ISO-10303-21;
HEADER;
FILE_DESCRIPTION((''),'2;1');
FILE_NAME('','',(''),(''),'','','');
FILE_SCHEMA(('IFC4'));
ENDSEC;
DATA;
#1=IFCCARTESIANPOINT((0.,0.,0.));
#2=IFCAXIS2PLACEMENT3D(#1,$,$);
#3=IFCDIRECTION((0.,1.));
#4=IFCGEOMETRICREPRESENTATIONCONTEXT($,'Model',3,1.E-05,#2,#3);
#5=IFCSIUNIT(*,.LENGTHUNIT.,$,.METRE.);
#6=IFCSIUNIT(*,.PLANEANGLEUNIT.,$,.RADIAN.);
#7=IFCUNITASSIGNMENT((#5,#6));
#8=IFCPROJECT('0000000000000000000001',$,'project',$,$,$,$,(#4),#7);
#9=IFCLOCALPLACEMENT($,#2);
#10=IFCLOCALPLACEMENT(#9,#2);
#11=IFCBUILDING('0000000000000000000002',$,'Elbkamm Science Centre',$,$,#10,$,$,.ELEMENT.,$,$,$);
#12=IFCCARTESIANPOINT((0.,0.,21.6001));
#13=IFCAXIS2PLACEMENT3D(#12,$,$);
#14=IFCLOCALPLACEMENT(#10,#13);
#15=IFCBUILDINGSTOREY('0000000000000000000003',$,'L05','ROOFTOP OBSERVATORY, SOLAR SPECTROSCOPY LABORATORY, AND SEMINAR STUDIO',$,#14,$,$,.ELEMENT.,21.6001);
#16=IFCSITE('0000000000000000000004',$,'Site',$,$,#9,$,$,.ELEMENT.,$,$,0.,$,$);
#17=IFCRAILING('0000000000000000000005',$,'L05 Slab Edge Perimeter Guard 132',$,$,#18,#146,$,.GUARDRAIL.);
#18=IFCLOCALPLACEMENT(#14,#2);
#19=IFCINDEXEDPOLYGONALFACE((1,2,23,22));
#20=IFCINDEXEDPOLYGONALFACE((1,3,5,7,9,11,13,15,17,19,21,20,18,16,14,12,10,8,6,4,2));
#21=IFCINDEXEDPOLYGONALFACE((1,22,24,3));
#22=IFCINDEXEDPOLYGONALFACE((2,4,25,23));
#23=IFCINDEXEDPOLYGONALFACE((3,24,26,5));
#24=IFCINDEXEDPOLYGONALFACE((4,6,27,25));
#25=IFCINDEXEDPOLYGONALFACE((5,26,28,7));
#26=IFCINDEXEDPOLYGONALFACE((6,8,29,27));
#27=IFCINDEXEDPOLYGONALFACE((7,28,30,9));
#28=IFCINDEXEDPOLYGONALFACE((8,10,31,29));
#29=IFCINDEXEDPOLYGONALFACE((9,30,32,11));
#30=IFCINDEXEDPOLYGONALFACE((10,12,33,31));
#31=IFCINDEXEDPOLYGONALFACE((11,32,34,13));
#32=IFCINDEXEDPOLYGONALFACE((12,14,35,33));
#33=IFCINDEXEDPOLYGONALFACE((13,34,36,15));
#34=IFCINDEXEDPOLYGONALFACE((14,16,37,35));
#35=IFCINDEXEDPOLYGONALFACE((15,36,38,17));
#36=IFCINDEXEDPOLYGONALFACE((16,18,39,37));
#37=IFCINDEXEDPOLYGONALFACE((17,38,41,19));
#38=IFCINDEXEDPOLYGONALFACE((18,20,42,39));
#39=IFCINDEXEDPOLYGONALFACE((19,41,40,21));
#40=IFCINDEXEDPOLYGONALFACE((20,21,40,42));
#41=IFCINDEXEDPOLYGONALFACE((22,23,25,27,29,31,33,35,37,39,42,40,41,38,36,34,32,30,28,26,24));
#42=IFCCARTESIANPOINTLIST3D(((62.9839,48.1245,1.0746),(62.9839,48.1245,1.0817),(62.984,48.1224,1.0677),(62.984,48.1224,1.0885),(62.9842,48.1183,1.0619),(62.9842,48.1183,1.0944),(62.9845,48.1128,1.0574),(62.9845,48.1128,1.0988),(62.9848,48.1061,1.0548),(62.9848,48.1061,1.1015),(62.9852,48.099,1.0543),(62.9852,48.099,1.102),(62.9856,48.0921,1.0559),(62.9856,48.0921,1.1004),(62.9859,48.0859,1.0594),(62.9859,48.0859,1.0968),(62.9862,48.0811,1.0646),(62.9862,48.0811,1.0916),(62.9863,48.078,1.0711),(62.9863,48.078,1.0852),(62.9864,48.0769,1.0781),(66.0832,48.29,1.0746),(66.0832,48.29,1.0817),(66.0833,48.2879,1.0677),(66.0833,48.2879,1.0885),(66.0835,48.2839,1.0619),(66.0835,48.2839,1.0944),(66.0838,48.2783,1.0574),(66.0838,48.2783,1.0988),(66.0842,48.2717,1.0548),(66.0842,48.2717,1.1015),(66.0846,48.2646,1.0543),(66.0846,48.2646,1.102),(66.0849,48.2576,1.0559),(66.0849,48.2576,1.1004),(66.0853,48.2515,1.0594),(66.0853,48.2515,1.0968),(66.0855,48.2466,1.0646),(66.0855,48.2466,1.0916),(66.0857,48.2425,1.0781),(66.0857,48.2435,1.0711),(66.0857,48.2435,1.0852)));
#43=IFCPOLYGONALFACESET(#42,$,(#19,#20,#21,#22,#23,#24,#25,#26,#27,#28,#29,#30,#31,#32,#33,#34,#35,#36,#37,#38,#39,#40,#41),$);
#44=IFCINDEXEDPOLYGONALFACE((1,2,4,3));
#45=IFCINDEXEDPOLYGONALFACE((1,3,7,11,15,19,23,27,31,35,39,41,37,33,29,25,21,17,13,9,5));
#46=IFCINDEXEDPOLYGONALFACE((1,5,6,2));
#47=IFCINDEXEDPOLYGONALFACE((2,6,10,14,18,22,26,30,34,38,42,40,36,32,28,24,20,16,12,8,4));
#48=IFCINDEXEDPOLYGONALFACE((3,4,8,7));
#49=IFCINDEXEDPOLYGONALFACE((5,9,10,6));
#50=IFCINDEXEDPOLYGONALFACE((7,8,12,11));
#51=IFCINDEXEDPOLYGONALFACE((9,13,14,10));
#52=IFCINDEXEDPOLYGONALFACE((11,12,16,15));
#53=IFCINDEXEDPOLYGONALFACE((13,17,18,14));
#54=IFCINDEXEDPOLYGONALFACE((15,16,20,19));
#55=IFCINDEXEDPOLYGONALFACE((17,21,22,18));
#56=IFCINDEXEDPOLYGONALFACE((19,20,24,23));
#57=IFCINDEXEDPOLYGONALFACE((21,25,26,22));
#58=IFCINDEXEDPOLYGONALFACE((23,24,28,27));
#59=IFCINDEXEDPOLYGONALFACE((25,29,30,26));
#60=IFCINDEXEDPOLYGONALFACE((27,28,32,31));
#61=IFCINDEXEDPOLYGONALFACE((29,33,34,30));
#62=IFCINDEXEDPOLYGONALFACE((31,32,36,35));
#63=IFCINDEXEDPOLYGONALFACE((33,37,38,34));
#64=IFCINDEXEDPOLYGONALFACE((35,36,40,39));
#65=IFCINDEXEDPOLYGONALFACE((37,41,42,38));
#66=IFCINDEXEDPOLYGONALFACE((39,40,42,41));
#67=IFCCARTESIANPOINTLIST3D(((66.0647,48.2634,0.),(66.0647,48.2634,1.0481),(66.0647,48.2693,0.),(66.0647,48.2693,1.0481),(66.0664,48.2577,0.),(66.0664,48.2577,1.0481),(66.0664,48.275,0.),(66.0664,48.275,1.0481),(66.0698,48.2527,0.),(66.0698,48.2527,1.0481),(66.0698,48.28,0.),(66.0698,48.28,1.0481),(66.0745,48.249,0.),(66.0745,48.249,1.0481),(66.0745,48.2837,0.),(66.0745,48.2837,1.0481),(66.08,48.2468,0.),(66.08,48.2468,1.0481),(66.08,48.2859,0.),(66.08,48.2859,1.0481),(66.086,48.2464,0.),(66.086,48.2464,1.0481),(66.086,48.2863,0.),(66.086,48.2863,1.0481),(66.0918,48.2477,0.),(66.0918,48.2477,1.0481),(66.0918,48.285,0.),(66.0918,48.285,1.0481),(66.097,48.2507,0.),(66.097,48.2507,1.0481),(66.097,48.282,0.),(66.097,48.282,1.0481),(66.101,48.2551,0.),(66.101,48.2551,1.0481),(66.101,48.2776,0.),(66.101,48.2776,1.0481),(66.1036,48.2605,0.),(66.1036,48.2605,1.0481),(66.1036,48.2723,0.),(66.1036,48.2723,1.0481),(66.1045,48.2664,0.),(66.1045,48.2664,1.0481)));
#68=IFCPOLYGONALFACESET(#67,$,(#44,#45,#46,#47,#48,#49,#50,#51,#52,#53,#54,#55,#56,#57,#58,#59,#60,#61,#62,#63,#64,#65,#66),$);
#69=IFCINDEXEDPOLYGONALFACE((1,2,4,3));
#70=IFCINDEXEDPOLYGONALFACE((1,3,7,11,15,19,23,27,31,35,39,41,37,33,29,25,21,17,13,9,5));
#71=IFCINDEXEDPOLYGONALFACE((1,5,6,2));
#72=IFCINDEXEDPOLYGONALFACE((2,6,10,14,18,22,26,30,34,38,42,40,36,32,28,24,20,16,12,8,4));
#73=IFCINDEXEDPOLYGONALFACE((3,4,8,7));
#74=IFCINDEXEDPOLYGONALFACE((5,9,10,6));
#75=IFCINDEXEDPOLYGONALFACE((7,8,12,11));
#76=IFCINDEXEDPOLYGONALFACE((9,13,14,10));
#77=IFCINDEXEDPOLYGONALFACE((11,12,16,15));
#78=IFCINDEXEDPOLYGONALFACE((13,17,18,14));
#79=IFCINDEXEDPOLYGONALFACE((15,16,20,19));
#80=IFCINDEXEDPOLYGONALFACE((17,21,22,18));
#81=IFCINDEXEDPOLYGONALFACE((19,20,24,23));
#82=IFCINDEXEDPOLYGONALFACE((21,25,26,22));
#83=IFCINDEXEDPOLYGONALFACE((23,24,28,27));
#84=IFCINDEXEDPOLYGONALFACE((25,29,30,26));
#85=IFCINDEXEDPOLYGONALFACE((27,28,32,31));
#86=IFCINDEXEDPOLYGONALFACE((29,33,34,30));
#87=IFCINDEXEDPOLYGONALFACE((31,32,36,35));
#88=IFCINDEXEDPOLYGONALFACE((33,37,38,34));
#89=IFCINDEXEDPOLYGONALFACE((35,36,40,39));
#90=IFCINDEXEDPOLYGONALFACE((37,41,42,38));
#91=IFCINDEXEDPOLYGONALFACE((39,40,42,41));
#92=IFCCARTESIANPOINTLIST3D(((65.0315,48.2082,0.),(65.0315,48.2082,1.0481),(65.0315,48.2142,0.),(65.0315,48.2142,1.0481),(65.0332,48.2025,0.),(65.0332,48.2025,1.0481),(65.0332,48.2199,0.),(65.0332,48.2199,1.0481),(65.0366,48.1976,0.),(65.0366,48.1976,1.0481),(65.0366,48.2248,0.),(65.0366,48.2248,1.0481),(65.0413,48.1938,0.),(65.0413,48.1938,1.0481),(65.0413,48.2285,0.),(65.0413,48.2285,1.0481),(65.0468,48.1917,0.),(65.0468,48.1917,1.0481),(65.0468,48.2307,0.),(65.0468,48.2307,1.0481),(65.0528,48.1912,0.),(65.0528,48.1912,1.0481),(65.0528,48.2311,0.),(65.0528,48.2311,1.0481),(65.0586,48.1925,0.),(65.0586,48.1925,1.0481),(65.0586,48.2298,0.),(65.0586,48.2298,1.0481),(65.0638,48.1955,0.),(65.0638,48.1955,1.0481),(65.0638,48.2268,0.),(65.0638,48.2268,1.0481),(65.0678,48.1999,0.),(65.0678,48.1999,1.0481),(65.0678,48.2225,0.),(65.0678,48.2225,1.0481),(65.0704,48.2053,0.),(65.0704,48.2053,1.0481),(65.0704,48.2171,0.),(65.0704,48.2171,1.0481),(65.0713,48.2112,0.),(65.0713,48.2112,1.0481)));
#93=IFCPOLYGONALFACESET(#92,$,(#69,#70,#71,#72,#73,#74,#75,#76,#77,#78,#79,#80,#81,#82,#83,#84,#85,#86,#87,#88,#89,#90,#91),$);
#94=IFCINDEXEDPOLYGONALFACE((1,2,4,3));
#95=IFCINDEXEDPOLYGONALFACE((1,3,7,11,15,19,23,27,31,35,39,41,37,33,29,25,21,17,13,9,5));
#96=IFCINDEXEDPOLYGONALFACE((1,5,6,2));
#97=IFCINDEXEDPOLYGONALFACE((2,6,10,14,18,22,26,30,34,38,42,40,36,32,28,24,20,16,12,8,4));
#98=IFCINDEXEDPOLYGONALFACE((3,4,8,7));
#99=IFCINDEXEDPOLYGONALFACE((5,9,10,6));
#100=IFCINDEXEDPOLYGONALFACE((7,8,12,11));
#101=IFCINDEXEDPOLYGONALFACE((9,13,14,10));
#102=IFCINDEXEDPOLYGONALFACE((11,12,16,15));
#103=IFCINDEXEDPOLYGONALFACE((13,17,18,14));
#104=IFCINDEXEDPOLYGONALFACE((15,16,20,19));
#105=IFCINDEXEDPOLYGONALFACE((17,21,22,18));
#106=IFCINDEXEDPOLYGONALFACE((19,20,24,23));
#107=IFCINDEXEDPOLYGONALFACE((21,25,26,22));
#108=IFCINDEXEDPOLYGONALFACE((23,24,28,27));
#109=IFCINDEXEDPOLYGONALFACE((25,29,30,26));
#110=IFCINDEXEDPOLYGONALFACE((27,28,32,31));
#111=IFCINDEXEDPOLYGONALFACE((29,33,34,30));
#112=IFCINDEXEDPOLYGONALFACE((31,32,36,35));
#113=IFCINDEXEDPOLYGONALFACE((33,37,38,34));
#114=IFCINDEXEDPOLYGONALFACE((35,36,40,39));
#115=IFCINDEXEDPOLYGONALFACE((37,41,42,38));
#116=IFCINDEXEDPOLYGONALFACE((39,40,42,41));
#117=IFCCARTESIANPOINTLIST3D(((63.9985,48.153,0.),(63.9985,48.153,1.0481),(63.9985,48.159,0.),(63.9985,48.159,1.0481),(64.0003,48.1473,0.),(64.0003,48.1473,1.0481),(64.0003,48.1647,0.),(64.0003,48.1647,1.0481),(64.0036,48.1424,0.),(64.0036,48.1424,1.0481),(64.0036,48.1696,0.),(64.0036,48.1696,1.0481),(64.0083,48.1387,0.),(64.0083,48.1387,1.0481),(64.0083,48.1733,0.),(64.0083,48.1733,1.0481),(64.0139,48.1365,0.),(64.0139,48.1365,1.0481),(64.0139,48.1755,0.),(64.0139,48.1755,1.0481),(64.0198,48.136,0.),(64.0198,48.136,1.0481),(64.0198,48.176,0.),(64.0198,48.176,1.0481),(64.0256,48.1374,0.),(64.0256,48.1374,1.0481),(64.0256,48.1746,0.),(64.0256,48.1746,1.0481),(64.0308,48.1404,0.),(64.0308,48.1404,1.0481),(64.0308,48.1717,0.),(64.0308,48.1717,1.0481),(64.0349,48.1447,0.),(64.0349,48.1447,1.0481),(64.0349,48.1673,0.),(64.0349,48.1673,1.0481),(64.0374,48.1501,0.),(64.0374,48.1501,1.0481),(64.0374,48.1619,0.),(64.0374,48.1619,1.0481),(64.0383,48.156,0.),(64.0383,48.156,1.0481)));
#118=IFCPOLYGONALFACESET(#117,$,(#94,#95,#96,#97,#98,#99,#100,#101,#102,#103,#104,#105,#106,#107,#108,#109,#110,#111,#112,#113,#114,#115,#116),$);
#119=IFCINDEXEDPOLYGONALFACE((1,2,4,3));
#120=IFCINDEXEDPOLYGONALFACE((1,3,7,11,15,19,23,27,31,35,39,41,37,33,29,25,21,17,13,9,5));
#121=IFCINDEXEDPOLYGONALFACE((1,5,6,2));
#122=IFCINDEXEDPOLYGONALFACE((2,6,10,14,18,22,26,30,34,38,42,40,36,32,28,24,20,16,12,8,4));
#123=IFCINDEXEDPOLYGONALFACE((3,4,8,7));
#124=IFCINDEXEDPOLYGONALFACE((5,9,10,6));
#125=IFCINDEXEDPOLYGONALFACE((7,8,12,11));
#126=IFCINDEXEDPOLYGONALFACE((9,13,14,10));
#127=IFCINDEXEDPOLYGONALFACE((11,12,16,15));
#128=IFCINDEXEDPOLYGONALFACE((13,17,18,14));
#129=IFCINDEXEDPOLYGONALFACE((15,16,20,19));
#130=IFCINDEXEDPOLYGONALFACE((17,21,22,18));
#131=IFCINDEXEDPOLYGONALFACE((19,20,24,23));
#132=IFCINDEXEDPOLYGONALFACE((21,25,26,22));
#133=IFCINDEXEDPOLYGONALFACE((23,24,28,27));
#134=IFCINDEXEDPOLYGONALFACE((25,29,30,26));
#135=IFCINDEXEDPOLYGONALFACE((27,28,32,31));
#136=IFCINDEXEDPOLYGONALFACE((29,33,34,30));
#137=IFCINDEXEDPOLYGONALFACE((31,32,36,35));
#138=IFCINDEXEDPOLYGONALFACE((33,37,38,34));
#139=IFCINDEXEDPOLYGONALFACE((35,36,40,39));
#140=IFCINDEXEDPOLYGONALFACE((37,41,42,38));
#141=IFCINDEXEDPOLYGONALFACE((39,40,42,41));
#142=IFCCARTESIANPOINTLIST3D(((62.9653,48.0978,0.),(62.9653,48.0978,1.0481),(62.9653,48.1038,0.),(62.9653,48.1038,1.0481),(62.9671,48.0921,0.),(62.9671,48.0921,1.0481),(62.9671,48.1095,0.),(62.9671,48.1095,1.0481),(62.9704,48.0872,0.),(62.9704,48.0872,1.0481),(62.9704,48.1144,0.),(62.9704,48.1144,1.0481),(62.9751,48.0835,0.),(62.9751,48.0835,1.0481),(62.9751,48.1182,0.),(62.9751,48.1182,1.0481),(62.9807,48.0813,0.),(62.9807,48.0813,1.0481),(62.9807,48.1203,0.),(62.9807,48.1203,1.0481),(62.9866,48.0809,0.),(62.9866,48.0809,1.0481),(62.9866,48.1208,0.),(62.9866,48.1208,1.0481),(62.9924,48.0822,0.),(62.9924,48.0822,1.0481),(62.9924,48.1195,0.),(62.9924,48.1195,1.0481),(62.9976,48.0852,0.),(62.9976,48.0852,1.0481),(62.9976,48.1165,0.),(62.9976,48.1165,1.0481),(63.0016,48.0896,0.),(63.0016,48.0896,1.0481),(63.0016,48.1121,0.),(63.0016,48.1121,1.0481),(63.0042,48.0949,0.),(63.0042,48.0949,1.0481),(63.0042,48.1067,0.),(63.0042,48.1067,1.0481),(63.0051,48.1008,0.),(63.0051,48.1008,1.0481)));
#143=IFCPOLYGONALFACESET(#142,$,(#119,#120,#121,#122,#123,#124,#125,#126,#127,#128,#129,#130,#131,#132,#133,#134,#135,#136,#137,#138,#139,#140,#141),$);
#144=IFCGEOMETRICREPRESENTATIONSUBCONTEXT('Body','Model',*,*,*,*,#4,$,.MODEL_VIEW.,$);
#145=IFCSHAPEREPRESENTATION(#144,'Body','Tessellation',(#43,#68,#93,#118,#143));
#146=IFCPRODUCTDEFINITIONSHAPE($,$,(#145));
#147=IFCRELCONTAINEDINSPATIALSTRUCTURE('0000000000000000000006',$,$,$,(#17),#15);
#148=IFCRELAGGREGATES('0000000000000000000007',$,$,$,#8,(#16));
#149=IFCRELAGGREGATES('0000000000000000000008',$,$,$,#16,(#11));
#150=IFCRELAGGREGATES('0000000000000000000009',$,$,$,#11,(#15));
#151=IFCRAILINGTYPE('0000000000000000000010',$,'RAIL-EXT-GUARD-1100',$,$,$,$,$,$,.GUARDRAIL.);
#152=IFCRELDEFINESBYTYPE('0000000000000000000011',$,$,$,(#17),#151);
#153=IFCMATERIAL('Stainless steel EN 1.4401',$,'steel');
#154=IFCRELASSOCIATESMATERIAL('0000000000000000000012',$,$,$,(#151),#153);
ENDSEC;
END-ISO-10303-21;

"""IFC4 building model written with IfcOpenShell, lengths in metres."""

from ifc_helpers import new_model, si_unit, direction, frame, origin, origin_2d, place, context, subcontext, project, spatial, circle, extrude, material, type_object, element, save


model = new_model("IFC4")

# Units and contexts
model_context = context("Model", 3, precision=1e-05, world=origin(), true_north=direction((0.0, 1.0)))
body_context = subcontext(model_context, "Body", "Model", "MODEL_VIEW")
ifc_project = project(units=[si_unit("LENGTHUNIT", "METRE"), si_unit("PLANEANGLEUNIT", "RADIAN")], contexts=[model_context])

# Site, building, storey
site_placement = place(None, origin())
site = spatial("IfcSite", under=ifc_project, at=site_placement, Name="Site", CompositionType="ELEMENT", RefElevation=0.0)
building_placement = place(site_placement, origin())
building = spatial("IfcBuilding", under=site, at=building_placement, Name="Elbkamm Science Centre", CompositionType="ELEMENT")
storey_placement = place(building_placement, frame((0.0, 0.0, 21.6001)))
storey = spatial("IfcBuildingStorey", under=building, at=storey_placement, Name="L05", Description="ROOFTOP OBSERVATORY, SOLAR SPECTROSCOPY LABORATORY, AND SEMINAR STUDIO", CompositionType="ELEMENT", Elevation=21.6001)

# Railing
ifc_material_1 = material(Name="Stainless steel EN 1.4401", Category="steel")
railing_type = type_object("IfcRailingType", Name="RAIL-EXT-GUARD-1100", PredefinedType="GUARDRAIL", material=ifc_material_1)
railing_1_placement = place(storey_placement, frame((66.0845, 48.2664, 0.0)))
element("IfcRailing", 1, at=railing_1_placement, inside=storey, type_object=railing_type, Name="L05 Slab Edge Perimeter Guard 132", PredefinedType="GUARDRAIL", context=body_context, shape_type="SweptSolid", body=[
    extrude(circle(Radius=0.0239, at=origin_2d()), frame((0.0, 0.0, 1.0781), z_axis=(-0.998577, -0.053331, 0.0), x_axis=(0.053331, -0.998577, 0.0)), (0.0, 0.0, 1.0), 3.1038),
    extrude(circle(Radius=0.02, at=origin_2d()), origin(), (0.0, 0.0, 1.0), 1.0481),
    extrude(circle(Radius=0.02, at=origin_2d()), frame((-1.0332, -0.0552, 0.0)), (0.0, 0.0, 1.0), 1.0481),
    extrude(circle(Radius=0.02, at=origin_2d()), frame((-2.0662, -0.1104, 0.0)), (0.0, 0.0, 1.0), 1.0481),
    extrude(circle(Radius=0.02, at=origin_2d()), frame((-3.0994, -0.1655, 0.0)), (0.0, 0.0, 1.0), 1.0481),
])

save(model, "model.ifc")
